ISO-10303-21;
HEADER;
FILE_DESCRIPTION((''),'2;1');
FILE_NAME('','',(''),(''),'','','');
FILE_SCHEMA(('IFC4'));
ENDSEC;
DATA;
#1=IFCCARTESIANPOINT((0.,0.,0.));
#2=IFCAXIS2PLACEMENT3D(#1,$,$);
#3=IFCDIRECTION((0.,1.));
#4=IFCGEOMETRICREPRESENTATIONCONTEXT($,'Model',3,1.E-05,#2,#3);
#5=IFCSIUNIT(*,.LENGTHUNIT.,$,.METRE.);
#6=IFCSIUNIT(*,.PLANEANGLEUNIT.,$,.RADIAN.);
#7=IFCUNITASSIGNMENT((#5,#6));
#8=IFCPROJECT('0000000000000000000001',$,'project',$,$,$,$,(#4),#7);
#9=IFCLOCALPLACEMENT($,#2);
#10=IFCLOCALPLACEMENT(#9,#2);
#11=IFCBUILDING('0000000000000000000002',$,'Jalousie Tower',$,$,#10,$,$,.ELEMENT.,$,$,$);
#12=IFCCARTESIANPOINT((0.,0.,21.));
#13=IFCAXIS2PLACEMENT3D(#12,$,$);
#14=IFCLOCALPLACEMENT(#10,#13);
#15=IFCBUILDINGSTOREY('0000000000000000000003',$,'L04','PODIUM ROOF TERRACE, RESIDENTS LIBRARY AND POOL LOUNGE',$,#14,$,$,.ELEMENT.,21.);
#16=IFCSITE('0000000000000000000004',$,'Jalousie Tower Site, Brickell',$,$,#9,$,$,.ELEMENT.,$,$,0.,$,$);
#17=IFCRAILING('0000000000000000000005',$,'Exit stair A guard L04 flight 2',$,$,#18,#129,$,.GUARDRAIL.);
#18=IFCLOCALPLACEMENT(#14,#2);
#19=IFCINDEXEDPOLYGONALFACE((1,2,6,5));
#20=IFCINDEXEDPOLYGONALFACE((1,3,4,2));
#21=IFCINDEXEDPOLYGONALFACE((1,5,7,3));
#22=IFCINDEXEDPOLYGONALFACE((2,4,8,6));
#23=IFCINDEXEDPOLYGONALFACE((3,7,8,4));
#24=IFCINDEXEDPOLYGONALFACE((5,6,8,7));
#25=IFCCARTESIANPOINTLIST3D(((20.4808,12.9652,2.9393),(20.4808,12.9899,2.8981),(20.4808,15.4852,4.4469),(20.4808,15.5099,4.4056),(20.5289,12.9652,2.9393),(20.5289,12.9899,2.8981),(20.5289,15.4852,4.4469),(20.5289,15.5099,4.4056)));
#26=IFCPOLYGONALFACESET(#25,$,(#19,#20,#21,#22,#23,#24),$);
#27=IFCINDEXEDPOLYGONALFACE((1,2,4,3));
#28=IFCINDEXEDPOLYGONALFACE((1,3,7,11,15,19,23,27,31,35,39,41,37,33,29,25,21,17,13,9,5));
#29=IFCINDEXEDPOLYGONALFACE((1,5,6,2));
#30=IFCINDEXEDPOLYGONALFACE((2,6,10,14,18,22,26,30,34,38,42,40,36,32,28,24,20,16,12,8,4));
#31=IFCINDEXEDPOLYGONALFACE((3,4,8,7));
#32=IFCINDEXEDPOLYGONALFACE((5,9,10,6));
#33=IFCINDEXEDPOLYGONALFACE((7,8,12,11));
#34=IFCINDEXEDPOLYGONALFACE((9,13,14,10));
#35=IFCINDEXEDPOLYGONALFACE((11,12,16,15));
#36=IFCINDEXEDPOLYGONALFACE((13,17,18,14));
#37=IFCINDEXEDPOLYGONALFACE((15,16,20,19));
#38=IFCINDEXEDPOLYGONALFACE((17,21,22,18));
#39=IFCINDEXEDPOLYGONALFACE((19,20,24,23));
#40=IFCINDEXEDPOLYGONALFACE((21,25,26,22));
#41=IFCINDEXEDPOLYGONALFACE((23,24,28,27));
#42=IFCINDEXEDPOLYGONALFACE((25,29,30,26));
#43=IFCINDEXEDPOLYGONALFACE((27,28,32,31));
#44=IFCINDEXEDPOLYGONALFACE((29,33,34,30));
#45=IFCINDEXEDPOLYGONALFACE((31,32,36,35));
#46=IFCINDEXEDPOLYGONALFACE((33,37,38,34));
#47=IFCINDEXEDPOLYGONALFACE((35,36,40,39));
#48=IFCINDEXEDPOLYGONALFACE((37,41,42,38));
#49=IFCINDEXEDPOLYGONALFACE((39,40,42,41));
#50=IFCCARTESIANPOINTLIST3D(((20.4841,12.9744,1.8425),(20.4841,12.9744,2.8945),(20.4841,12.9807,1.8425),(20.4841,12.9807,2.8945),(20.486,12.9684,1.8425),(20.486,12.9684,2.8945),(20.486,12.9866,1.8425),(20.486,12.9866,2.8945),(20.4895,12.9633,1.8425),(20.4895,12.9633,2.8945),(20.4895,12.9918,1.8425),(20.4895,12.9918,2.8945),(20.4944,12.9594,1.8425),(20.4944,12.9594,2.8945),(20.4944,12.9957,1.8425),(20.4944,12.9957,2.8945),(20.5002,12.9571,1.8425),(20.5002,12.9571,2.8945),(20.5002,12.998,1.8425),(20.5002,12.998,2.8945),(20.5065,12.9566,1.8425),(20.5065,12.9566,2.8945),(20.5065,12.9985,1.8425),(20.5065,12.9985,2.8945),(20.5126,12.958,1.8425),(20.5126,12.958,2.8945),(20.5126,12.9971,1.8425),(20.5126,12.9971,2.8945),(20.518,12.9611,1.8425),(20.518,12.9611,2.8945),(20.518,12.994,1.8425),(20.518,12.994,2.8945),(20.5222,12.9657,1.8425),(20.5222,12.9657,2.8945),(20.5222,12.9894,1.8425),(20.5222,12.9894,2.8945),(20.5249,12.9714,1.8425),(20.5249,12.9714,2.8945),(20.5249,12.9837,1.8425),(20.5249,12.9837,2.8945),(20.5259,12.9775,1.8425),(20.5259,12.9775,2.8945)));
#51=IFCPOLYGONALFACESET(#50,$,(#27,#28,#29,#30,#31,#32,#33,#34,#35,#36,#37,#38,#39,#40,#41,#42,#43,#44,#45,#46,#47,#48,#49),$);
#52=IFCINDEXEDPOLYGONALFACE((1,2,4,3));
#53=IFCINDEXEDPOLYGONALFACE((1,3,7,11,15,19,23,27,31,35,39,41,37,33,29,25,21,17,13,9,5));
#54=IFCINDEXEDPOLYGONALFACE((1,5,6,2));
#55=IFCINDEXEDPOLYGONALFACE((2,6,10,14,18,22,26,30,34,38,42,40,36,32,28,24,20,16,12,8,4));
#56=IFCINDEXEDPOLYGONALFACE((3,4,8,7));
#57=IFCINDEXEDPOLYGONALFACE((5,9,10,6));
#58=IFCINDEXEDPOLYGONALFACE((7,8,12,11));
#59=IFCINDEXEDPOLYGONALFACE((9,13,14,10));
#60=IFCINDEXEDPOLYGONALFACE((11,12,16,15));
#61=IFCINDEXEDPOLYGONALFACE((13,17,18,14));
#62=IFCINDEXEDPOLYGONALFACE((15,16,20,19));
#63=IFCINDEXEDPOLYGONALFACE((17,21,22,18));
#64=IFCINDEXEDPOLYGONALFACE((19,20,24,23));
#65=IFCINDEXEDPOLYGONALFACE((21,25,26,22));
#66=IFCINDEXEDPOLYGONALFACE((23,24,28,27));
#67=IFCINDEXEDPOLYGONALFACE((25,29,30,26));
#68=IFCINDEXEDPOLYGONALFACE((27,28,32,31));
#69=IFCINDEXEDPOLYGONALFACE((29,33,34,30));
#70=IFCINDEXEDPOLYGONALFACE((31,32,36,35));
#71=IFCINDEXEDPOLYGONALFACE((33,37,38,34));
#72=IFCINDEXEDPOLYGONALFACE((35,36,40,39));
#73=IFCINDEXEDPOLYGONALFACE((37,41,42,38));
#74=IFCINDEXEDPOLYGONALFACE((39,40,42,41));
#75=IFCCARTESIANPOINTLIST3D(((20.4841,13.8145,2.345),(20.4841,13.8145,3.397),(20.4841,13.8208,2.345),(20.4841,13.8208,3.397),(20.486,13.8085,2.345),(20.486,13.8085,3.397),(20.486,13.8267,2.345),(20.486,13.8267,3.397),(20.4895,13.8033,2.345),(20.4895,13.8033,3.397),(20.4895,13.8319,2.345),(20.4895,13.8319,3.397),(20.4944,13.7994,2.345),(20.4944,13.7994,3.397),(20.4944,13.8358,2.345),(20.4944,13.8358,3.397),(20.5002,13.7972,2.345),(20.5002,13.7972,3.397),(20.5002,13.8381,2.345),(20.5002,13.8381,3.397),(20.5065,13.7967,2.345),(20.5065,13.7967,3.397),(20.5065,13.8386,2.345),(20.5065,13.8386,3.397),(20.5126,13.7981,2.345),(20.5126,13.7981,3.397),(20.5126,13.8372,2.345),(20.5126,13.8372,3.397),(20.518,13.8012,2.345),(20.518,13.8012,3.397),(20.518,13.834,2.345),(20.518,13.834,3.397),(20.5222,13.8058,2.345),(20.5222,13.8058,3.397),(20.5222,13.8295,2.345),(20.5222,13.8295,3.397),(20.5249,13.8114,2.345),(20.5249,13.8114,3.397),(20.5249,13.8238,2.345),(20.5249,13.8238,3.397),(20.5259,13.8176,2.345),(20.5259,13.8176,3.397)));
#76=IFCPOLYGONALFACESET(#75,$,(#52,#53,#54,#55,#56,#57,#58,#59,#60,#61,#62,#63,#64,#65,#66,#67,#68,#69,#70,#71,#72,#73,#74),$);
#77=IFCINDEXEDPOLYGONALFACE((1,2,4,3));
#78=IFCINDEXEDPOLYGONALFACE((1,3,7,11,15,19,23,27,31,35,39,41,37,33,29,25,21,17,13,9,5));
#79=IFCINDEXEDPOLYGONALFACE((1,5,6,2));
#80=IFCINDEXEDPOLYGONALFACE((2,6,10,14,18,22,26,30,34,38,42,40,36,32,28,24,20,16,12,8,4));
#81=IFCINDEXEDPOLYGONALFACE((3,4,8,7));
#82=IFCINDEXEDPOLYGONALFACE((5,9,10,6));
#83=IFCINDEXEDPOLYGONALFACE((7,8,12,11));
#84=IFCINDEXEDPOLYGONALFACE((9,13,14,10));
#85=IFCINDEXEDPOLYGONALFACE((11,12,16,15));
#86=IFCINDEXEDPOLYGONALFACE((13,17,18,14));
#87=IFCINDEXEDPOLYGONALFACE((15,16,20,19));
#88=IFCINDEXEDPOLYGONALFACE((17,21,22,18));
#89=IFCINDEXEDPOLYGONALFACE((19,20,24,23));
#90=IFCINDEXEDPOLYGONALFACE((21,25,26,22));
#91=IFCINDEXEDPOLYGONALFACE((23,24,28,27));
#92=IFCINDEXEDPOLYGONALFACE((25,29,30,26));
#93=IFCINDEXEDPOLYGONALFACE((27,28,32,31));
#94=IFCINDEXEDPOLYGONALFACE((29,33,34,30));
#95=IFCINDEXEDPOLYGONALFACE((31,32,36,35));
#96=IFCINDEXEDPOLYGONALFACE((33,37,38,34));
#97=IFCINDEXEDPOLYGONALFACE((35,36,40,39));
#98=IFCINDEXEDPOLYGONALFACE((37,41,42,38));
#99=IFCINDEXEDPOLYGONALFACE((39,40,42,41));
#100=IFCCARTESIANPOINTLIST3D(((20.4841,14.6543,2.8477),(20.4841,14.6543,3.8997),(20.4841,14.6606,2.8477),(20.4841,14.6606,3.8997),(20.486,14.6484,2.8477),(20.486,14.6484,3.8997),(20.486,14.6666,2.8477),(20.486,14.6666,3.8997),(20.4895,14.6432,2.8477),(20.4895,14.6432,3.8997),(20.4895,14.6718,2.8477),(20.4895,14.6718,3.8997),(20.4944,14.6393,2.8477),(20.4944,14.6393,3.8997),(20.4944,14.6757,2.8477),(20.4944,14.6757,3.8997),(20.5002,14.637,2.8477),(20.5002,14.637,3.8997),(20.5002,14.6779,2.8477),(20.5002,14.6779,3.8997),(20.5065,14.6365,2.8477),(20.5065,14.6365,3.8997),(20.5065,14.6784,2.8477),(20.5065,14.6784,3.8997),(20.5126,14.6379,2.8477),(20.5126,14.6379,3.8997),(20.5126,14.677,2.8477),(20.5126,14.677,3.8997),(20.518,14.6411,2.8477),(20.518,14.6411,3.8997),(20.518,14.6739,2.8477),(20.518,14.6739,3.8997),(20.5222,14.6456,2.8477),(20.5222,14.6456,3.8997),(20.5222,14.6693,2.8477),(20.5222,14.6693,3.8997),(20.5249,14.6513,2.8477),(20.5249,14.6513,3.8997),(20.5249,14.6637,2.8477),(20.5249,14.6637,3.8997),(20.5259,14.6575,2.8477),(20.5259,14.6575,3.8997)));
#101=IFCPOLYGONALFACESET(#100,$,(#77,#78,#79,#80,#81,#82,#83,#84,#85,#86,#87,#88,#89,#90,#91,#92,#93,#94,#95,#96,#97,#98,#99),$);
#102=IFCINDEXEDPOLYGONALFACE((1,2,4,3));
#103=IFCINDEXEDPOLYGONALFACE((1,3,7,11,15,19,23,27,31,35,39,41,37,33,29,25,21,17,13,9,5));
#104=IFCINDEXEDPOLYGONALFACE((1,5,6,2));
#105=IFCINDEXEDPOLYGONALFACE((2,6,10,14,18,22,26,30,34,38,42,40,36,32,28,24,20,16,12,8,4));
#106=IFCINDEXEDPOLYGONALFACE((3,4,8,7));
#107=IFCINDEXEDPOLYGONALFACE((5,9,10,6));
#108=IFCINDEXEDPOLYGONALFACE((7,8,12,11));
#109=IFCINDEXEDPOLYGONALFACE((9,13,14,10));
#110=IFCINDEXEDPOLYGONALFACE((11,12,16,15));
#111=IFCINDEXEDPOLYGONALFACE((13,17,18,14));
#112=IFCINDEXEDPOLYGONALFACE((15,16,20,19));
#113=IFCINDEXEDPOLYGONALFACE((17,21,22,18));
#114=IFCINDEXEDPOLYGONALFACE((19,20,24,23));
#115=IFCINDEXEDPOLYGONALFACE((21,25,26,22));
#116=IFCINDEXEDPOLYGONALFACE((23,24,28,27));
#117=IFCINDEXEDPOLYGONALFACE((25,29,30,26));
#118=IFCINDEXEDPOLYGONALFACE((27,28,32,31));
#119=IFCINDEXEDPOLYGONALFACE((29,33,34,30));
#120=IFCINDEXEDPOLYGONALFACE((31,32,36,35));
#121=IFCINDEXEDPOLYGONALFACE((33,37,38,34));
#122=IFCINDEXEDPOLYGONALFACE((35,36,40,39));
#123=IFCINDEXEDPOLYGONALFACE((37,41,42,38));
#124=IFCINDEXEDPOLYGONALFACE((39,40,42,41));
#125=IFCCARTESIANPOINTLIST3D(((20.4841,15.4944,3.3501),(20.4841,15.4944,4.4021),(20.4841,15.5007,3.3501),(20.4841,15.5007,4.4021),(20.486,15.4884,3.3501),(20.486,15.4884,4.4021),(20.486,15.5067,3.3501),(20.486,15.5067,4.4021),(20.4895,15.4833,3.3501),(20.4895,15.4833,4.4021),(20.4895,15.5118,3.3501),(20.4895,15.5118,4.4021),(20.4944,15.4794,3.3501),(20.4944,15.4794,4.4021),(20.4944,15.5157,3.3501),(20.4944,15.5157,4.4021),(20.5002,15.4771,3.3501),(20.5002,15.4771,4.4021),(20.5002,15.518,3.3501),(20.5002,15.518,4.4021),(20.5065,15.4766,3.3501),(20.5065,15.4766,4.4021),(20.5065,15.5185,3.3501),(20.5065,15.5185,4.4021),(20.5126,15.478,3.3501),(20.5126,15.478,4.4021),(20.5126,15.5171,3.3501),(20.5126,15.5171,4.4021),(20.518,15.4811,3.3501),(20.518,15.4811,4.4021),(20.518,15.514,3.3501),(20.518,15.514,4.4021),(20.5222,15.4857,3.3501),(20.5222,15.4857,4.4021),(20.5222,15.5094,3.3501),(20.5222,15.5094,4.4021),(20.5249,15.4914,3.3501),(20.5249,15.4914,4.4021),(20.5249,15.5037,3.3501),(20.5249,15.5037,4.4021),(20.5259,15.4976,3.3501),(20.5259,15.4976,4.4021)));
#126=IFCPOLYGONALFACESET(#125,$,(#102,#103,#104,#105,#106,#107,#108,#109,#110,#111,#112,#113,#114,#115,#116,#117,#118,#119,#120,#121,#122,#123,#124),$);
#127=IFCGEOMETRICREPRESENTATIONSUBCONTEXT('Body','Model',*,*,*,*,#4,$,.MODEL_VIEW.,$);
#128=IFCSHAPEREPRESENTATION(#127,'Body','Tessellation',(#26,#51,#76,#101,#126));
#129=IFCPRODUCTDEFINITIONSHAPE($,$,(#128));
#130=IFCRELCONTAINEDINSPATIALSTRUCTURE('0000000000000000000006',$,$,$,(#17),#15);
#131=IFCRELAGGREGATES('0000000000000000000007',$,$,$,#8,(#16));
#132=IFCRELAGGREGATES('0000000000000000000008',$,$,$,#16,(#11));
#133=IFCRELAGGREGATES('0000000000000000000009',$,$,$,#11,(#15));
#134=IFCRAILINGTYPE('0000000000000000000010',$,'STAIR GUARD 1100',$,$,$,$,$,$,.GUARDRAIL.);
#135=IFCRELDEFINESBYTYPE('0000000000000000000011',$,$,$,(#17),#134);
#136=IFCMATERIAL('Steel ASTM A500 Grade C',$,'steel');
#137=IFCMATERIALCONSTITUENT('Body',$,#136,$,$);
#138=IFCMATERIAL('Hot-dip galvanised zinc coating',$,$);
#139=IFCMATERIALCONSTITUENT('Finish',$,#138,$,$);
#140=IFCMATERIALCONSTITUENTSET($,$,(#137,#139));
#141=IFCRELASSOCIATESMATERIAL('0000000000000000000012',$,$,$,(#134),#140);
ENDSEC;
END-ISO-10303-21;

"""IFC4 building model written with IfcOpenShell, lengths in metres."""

from ifc_helpers import new_model, si_unit, direction, frame, origin, origin_2d, place, context, subcontext, project, spatial, rectangle, circle, extrude, material, constituent, constituent_set, type_object, element, save


model = new_model("IFC4")

# Units and contexts
model_context = context("Model", 3, precision=1e-05, world=origin(), true_north=direction((0.0, 1.0)))
body_context = subcontext(model_context, "Body", "Model", "MODEL_VIEW")
ifc_project = project(units=[si_unit("LENGTHUNIT", "METRE"), si_unit("PLANEANGLEUNIT", "RADIAN")], contexts=[model_context])

# Site, building, storey
site_placement = place(None, origin())
site = spatial("IfcSite", under=ifc_project, at=site_placement, Name="Jalousie Tower Site, Brickell", CompositionType="ELEMENT", RefElevation=0.0)
building_placement = place(site_placement, origin())
building = spatial("IfcBuilding", under=site, at=building_placement, Name="Jalousie Tower", CompositionType="ELEMENT")
storey_placement = place(building_placement, frame((0.0, 0.0, 21.0)))
storey = spatial("IfcBuildingStorey", under=building, at=storey_placement, Name="L04", Description="PODIUM ROOF TERRACE, RESIDENTS LIBRARY AND POOL LOUNGE", CompositionType="ELEMENT", Elevation=21.0)

# Railing
ifc_material_1 = material(Name="Steel ASTM A500 Grade C", Category="steel")
ifc_constituent_1 = constituent(ifc_material_1, Name="Body")
ifc_material_2 = material(Name="Hot-dip galvanised zinc coating")
ifc_constituent_2 = constituent(ifc_material_2, Name="Finish")
ifc_constituent_set_1 = constituent_set(constituents=[ifc_constituent_1, ifc_constituent_2])
railing_type_1 = type_object("IfcRailingType", Name="STAIR GUARD 1100", PredefinedType="GUARDRAIL", material=ifc_constituent_set_1)
railing_1_placement = place(storey_placement, frame((20.5049, 12.9775, 1.8425)))
element("IfcRailing", 1, at=railing_1_placement, inside=storey, type_object=railing_type_1, Name="Exit stair A guard L04 flight 2", PredefinedType="GUARDRAIL", context=body_context, shape_type="SweptSolid", body=[
    extrude(rectangle(XDim=0.0481, YDim=0.0481, at=origin_2d()), frame((0.0, 0.0, 1.0762), z_axis=(0.0, 0.85816, 0.513383), x_axis=(-1.0, 0.0, 0.0)), (0.0, 0.0, 1.0), 2.9365),
    extrude(circle(Radius=0.021, at=origin_2d()), origin(), (0.0, 0.0, 1.0), 1.052),
    extrude(circle(Radius=0.021, at=origin_2d()), frame((0.0, 0.8401, 0.5024)), (0.0, 0.0, 1.0), 1.052),
    extrude(circle(Radius=0.021, at=origin_2d()), frame((0.0, 1.6799, 1.0051)), (0.0, 0.0, 1.0), 1.052),
    extrude(circle(Radius=0.021, at=origin_2d()), frame((0.0, 2.52, 1.5076)), (0.0, 0.0, 1.0), 1.052),
])

save(model, "model.ifc")
